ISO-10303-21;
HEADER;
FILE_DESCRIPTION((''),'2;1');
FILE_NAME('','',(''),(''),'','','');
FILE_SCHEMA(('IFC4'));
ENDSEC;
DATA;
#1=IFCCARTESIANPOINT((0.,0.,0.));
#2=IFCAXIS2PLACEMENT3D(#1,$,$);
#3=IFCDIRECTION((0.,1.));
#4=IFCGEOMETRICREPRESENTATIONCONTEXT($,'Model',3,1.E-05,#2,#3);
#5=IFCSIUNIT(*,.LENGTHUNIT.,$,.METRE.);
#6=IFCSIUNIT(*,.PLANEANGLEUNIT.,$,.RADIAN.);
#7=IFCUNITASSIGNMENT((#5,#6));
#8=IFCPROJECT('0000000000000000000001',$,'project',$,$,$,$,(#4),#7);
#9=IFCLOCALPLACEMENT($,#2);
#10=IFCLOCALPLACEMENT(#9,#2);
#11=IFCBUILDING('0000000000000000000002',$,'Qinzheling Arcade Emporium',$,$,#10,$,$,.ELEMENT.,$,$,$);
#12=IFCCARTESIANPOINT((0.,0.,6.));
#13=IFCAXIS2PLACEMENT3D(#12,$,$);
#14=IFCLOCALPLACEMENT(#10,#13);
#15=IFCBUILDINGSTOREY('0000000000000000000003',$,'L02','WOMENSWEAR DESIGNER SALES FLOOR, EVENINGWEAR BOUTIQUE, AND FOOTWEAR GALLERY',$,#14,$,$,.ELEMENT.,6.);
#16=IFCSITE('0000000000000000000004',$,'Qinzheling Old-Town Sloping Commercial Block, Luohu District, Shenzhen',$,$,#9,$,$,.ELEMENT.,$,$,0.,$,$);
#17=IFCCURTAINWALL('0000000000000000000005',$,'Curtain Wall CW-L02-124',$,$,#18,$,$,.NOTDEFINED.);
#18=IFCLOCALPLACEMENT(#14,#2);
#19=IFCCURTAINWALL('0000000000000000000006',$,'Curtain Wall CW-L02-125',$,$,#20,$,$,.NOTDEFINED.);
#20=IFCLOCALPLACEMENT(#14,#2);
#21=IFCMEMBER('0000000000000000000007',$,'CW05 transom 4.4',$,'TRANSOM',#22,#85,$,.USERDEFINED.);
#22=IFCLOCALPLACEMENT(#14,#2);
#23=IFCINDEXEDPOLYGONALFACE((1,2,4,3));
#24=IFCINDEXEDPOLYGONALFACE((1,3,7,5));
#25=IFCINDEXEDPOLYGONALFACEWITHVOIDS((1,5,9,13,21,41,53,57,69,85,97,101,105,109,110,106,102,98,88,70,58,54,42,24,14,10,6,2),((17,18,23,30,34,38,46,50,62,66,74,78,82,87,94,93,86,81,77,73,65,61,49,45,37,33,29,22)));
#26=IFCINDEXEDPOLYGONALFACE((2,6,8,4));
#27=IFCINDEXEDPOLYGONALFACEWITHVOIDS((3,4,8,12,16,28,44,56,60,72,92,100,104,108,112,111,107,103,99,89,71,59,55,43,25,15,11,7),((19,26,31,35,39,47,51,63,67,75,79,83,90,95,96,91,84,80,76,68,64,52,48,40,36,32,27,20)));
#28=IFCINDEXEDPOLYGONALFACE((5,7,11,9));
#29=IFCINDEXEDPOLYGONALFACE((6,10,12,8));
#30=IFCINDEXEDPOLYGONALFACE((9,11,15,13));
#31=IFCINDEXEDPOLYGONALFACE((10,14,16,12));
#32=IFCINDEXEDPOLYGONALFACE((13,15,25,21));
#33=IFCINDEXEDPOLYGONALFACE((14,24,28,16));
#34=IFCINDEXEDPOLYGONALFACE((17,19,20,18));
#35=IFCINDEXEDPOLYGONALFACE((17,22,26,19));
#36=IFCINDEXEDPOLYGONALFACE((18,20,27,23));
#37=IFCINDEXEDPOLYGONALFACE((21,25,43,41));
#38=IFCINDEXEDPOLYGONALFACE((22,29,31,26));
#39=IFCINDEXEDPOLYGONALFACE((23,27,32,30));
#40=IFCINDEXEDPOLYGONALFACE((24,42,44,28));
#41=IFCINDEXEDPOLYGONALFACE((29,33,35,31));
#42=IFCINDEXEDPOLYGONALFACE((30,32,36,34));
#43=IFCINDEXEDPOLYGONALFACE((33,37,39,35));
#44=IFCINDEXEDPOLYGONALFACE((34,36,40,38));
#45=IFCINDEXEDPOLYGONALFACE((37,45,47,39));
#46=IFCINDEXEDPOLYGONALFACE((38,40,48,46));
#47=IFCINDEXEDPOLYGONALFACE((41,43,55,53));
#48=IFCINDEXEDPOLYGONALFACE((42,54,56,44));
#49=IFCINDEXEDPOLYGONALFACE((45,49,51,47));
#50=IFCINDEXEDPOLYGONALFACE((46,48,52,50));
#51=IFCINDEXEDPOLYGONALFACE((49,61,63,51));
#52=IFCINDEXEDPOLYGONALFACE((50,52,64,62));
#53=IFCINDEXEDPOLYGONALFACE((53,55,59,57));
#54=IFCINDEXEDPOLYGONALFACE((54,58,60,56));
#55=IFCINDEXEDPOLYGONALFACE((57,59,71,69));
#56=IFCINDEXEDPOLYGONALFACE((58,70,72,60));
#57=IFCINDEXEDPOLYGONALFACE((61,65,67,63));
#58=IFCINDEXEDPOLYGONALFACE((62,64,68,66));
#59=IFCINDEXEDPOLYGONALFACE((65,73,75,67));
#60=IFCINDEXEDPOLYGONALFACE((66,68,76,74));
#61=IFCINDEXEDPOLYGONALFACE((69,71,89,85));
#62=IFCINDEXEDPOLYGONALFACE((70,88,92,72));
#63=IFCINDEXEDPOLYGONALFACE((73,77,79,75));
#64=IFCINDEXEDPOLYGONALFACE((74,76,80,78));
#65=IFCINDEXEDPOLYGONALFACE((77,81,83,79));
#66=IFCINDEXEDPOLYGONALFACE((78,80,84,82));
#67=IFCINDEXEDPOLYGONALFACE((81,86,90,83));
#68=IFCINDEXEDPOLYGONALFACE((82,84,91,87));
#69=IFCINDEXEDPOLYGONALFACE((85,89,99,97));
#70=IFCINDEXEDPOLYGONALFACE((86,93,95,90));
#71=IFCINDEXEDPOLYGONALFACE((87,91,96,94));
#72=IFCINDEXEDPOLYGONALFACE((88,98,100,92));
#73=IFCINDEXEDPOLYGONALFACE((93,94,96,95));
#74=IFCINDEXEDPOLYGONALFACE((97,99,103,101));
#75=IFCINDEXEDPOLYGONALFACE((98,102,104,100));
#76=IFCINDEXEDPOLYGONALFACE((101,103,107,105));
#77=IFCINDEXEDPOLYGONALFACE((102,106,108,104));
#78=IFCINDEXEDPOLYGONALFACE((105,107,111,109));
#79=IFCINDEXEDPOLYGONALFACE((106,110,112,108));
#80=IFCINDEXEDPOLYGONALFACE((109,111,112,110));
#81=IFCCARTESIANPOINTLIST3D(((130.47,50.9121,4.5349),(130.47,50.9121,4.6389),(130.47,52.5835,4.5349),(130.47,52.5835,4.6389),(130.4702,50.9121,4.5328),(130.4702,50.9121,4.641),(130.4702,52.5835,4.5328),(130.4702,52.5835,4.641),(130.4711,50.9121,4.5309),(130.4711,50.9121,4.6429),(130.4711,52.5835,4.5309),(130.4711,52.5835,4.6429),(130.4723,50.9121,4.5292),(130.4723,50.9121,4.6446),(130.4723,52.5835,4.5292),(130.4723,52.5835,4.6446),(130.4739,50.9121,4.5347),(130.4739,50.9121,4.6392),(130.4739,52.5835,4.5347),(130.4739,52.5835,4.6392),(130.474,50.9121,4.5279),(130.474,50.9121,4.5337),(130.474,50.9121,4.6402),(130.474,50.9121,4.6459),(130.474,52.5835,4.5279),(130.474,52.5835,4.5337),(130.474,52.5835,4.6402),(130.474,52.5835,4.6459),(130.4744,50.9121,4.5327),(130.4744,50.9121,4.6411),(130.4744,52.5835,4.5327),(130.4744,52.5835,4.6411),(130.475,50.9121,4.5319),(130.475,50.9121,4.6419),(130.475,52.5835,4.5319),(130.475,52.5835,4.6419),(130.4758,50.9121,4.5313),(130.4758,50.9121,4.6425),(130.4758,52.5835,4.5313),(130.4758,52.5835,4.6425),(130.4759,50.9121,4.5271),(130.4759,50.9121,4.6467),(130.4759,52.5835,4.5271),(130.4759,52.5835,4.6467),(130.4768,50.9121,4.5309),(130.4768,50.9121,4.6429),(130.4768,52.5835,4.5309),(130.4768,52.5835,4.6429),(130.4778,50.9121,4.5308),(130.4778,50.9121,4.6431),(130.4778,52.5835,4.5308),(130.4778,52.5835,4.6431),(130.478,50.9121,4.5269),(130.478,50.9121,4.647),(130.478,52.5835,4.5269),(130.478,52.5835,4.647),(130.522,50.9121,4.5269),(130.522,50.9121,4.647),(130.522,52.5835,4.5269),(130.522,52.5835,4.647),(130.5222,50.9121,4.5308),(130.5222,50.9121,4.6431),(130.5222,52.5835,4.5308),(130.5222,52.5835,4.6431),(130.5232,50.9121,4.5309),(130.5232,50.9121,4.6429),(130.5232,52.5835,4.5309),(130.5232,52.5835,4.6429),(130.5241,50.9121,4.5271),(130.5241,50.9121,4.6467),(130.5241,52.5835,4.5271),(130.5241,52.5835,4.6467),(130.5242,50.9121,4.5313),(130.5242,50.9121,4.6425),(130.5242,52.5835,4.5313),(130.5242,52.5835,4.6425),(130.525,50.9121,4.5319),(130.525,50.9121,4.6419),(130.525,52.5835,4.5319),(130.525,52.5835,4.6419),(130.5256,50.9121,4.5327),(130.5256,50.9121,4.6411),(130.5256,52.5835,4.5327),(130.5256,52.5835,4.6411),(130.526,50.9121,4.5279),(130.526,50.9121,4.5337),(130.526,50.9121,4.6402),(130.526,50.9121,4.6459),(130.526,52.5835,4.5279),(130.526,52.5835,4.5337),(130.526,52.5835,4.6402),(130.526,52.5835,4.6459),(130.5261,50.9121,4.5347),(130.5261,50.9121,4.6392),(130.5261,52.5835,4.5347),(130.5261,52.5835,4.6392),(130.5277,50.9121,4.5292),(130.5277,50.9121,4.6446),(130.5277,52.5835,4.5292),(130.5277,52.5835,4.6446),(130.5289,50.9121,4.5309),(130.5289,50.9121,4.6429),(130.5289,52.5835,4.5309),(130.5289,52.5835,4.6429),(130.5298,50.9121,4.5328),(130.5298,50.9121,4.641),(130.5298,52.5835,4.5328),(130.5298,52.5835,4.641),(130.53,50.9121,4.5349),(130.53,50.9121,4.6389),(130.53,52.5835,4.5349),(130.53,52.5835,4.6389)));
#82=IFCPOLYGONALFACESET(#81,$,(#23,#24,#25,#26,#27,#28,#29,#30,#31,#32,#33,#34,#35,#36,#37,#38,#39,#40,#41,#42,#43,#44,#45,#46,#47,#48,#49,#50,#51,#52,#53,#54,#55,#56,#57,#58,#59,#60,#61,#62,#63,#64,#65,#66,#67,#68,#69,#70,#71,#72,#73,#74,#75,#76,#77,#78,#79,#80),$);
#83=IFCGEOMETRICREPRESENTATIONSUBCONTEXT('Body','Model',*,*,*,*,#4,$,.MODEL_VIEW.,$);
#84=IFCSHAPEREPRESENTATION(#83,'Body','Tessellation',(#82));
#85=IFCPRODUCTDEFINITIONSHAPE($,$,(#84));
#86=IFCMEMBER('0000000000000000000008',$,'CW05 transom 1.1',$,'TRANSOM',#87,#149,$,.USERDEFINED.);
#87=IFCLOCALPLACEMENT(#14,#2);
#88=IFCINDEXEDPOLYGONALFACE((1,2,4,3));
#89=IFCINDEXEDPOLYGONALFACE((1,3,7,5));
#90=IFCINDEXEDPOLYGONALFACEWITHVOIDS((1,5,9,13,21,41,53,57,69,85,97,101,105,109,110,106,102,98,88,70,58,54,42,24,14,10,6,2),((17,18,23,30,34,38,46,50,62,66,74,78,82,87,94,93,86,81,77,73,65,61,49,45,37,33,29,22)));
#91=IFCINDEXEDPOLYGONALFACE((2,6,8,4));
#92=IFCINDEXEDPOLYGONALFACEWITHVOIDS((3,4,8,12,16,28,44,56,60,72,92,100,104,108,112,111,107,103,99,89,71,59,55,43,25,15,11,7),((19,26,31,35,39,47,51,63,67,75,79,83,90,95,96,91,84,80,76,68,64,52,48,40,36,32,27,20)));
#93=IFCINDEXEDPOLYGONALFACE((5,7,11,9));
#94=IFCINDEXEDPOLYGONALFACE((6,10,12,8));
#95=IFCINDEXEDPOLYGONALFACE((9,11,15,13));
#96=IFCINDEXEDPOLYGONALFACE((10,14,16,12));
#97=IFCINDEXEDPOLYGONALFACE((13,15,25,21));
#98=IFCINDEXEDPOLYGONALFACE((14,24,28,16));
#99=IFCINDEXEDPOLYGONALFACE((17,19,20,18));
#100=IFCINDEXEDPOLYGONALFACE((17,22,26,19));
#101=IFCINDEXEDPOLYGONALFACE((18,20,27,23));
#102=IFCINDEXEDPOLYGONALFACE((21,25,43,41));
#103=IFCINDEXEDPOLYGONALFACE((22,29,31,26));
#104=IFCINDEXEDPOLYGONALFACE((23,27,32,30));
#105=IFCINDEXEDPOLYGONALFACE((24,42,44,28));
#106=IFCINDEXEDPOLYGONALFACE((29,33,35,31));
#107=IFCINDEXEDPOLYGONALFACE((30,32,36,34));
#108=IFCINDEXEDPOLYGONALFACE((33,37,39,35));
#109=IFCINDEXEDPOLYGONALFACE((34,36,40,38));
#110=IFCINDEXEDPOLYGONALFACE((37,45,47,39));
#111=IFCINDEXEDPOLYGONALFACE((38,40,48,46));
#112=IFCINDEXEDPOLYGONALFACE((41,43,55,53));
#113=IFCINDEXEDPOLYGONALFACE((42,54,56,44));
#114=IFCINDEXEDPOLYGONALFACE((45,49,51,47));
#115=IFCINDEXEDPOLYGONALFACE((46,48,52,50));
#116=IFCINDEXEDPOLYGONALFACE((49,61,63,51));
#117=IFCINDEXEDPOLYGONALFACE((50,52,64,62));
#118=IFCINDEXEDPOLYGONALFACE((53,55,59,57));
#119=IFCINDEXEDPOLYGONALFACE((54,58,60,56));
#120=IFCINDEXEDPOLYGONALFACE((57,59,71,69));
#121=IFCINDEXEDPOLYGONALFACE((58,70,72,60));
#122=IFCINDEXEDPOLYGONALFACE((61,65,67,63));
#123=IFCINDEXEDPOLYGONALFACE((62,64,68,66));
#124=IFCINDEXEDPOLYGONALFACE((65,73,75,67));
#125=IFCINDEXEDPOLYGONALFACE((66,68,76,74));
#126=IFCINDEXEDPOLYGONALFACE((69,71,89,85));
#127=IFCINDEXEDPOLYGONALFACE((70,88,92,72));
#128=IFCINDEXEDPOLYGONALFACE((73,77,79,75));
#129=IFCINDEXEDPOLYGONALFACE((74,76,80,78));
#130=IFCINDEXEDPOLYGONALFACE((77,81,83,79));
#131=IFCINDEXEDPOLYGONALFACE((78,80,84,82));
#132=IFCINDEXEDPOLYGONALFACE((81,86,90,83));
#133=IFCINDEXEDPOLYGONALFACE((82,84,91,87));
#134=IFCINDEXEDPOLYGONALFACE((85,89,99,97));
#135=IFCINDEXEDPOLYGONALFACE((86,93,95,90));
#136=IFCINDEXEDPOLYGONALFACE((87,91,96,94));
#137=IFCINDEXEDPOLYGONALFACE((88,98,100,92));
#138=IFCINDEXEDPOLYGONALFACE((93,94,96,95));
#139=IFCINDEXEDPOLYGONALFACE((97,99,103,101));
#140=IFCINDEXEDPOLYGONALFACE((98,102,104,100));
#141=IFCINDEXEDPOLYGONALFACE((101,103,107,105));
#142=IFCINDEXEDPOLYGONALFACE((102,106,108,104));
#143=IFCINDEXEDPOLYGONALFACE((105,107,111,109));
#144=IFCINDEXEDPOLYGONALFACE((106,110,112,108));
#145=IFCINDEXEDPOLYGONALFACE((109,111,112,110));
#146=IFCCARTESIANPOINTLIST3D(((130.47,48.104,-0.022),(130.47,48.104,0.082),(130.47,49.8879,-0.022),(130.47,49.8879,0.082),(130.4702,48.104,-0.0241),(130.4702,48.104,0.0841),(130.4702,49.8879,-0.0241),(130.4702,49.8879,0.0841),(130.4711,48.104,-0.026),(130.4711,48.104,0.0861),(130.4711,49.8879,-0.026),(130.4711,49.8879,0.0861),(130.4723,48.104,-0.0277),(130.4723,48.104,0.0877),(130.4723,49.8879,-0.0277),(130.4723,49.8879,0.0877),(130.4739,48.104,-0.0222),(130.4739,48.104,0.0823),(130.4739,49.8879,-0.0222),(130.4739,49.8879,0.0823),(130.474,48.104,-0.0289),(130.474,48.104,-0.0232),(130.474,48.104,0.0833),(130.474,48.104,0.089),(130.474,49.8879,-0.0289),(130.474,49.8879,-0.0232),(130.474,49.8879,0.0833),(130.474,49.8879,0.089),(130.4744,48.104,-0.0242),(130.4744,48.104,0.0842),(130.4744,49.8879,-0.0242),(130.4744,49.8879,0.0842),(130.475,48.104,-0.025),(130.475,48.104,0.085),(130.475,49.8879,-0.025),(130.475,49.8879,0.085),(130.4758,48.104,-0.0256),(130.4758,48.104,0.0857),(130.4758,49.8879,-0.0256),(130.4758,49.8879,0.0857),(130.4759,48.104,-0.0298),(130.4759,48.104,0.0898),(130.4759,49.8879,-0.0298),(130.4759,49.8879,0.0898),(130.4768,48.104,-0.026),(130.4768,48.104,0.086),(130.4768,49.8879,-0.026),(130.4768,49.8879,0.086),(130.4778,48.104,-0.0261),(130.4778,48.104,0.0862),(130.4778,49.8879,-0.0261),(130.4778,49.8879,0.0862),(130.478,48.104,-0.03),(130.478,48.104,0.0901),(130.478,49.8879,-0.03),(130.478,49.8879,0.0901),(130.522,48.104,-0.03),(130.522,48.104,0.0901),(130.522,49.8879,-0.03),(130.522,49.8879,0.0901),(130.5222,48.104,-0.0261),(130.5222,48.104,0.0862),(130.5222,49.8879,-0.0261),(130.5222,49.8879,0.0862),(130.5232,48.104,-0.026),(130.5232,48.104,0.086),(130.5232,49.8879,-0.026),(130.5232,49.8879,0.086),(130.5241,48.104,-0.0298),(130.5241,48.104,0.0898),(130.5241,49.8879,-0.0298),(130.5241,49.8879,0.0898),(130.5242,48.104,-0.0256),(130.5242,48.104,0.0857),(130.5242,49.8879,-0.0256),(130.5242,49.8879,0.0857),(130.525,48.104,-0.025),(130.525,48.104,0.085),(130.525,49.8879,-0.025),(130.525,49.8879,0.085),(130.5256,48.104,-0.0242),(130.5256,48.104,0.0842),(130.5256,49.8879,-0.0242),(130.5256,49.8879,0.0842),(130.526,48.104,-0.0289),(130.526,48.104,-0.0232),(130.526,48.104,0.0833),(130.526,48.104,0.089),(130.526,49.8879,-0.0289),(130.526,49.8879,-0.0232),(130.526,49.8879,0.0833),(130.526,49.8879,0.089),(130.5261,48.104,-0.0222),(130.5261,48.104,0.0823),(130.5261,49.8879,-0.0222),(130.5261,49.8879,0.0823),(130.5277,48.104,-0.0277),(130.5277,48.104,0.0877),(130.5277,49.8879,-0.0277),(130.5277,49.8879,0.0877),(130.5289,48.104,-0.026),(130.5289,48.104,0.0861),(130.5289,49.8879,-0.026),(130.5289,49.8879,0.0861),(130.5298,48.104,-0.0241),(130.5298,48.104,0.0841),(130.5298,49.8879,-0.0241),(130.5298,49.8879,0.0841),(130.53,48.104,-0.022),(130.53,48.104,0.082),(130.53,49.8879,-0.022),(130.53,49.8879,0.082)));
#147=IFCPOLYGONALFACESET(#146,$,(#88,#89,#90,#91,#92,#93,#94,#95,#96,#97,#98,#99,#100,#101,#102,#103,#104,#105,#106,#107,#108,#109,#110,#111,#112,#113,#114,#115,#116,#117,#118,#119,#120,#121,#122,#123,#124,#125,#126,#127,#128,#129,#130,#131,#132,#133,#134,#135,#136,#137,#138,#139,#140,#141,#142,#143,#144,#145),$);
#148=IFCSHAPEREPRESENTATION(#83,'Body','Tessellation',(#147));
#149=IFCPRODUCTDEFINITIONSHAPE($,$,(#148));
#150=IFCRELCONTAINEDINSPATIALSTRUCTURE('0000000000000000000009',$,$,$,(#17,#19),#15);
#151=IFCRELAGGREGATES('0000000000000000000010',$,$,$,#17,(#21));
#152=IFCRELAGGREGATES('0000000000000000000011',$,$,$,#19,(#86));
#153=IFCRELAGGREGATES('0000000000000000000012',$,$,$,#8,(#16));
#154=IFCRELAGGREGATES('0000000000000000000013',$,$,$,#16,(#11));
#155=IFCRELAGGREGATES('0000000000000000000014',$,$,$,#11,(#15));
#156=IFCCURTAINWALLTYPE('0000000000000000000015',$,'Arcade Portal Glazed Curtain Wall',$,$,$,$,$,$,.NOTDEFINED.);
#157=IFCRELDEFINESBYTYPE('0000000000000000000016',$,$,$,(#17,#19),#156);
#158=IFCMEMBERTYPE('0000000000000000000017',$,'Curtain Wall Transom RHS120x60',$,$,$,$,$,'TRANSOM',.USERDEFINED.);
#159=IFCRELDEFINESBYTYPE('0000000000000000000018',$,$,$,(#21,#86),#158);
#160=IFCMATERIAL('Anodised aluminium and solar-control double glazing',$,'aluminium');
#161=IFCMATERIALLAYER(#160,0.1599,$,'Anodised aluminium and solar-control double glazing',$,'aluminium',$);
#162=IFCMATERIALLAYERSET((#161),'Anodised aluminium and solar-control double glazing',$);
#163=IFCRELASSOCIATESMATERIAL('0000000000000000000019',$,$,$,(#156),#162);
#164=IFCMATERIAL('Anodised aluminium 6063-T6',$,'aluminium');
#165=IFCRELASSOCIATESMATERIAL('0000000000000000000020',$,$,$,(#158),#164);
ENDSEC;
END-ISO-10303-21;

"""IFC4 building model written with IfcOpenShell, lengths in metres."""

from ifc_helpers import new_model, si_unit, direction, frame, origin, origin_2d, place, context, subcontext, project, spatial, hollow_rectangle, extrude, material, layer, layer_set, material_profile, profile_set, type_object, element, aggregate, save


model = new_model("IFC4")

# Units and contexts
model_context = context("Model", 3, precision=1e-05, world=origin(), true_north=direction((0.0, 1.0)))
body_context = subcontext(model_context, "Body", "Model", "MODEL_VIEW")
ifc_project = project(units=[si_unit("LENGTHUNIT", "METRE"), si_unit("PLANEANGLEUNIT", "RADIAN")], contexts=[model_context])

# Site, building, storey
site_placement = place(None, origin())
site = spatial("IfcSite", under=ifc_project, at=site_placement, Name="Qinzheling Old-Town Sloping Commercial Block, Luohu District, Shenzhen", CompositionType="ELEMENT", RefElevation=0.0)
building_placement = place(site_placement, origin())
building = spatial("IfcBuilding", under=site, at=building_placement, Name="Qinzheling Arcade Emporium", CompositionType="ELEMENT")
storey_placement = place(building_placement, frame((0.0, 0.0, 6.0)))
storey = spatial("IfcBuildingStorey", under=building, at=storey_placement, Name="L02", Description="WOMENSWEAR DESIGNER SALES FLOOR, EVENINGWEAR BOUTIQUE, AND FOOTWEAR GALLERY", CompositionType="ELEMENT", Elevation=6.0)

# Curtain wall
ifc_material_1 = material(Name="Anodised aluminium and solar-control double glazing", Category="aluminium")
ifc_layer_1 = layer(ifc_material_1, 0.1599, Name="Anodised aluminium and solar-control double glazing", Category="aluminium")
ifc_layer_set_1 = layer_set([ifc_layer_1], Name="Anodised aluminium and solar-control double glazing")
curtain_wall_type = type_object("IfcCurtainWallType", Name="Arcade Portal Glazed Curtain Wall", PredefinedType="NOTDEFINED", material=ifc_layer_set_1)
curtain_wall_1_placement = place(storey_placement, origin())
curtain_wall_1 = element("IfcCurtainWall", 1, at=curtain_wall_1_placement, inside=storey, type_object=curtain_wall_type, Name="Curtain Wall CW-L02-124", PredefinedType="NOTDEFINED")
ifc_material_2 = material(Name="Anodised aluminium 6063-T6", Category="aluminium")

# Curtain wall
curtain_wall_2_placement = place(storey_placement, origin())
curtain_wall_2 = element("IfcCurtainWall", 2, at=curtain_wall_2_placement, inside=storey, type_object=curtain_wall_type, Name="Curtain Wall CW-L02-125", PredefinedType="NOTDEFINED")

# Members
ifc_material_profile_1 = material_profile(ifc_material_2, hollow_rectangle(XDim=0.0601, YDim=0.1201, WallThickness=0.0039, InnerFilletRadius=0.0039, OuterFilletRadius=0.0081, at=origin_2d()), Name="RHS 120x60x4", Category="aluminium")
ifc_profile_set_1 = profile_set([ifc_material_profile_1], Name="Anodised aluminium 6063-T6")
member_type_1 = type_object("IfcMemberType", Name="Curtain Wall Transom RHS120x60", ElementType="TRANSOM", PredefinedType="USERDEFINED", material=ifc_profile_set_1)
member_1_placement = place(storey_placement, frame((130.5, 52.5835, 4.5869), z_axis=(0.0, -1.0, 0.0), x_axis=(1.0, 0.0, 0.0)))
member_1 = element("IfcMember", 3, at=member_1_placement, type_object=member_type_1, Name="CW05 transom 4.4", ObjectType="TRANSOM", PredefinedType="USERDEFINED", context=body_context, shape_type="SweptSolid", body=[
    extrude(hollow_rectangle(XDim=0.0601, YDim=0.1201, WallThickness=0.0039, InnerFilletRadius=0.0039, OuterFilletRadius=0.0081, at=origin_2d()), origin(), (0.0, 0.0, 1.0), 1.6714),
])
member_2_placement = place(storey_placement, frame((130.5, 49.8879, 0.03), z_axis=(0.0, -1.0, 0.0), x_axis=(1.0, 0.0, 0.0)))
member_2 = element("IfcMember", 4, at=member_2_placement, type_object=member_type_1, Name="CW05 transom 1.1", ObjectType="TRANSOM", PredefinedType="USERDEFINED", context=body_context, shape_type="SweptSolid", body=[
    extrude(hollow_rectangle(XDim=0.0601, YDim=0.1201, WallThickness=0.0039, InnerFilletRadius=0.0039, OuterFilletRadius=0.0081, at=origin_2d()), origin(), (0.0, 0.0, 1.0), 1.7839),
])

aggregate(curtain_wall_1, [member_1])
aggregate(curtain_wall_2, [member_2])

save(model, "model.ifc")
